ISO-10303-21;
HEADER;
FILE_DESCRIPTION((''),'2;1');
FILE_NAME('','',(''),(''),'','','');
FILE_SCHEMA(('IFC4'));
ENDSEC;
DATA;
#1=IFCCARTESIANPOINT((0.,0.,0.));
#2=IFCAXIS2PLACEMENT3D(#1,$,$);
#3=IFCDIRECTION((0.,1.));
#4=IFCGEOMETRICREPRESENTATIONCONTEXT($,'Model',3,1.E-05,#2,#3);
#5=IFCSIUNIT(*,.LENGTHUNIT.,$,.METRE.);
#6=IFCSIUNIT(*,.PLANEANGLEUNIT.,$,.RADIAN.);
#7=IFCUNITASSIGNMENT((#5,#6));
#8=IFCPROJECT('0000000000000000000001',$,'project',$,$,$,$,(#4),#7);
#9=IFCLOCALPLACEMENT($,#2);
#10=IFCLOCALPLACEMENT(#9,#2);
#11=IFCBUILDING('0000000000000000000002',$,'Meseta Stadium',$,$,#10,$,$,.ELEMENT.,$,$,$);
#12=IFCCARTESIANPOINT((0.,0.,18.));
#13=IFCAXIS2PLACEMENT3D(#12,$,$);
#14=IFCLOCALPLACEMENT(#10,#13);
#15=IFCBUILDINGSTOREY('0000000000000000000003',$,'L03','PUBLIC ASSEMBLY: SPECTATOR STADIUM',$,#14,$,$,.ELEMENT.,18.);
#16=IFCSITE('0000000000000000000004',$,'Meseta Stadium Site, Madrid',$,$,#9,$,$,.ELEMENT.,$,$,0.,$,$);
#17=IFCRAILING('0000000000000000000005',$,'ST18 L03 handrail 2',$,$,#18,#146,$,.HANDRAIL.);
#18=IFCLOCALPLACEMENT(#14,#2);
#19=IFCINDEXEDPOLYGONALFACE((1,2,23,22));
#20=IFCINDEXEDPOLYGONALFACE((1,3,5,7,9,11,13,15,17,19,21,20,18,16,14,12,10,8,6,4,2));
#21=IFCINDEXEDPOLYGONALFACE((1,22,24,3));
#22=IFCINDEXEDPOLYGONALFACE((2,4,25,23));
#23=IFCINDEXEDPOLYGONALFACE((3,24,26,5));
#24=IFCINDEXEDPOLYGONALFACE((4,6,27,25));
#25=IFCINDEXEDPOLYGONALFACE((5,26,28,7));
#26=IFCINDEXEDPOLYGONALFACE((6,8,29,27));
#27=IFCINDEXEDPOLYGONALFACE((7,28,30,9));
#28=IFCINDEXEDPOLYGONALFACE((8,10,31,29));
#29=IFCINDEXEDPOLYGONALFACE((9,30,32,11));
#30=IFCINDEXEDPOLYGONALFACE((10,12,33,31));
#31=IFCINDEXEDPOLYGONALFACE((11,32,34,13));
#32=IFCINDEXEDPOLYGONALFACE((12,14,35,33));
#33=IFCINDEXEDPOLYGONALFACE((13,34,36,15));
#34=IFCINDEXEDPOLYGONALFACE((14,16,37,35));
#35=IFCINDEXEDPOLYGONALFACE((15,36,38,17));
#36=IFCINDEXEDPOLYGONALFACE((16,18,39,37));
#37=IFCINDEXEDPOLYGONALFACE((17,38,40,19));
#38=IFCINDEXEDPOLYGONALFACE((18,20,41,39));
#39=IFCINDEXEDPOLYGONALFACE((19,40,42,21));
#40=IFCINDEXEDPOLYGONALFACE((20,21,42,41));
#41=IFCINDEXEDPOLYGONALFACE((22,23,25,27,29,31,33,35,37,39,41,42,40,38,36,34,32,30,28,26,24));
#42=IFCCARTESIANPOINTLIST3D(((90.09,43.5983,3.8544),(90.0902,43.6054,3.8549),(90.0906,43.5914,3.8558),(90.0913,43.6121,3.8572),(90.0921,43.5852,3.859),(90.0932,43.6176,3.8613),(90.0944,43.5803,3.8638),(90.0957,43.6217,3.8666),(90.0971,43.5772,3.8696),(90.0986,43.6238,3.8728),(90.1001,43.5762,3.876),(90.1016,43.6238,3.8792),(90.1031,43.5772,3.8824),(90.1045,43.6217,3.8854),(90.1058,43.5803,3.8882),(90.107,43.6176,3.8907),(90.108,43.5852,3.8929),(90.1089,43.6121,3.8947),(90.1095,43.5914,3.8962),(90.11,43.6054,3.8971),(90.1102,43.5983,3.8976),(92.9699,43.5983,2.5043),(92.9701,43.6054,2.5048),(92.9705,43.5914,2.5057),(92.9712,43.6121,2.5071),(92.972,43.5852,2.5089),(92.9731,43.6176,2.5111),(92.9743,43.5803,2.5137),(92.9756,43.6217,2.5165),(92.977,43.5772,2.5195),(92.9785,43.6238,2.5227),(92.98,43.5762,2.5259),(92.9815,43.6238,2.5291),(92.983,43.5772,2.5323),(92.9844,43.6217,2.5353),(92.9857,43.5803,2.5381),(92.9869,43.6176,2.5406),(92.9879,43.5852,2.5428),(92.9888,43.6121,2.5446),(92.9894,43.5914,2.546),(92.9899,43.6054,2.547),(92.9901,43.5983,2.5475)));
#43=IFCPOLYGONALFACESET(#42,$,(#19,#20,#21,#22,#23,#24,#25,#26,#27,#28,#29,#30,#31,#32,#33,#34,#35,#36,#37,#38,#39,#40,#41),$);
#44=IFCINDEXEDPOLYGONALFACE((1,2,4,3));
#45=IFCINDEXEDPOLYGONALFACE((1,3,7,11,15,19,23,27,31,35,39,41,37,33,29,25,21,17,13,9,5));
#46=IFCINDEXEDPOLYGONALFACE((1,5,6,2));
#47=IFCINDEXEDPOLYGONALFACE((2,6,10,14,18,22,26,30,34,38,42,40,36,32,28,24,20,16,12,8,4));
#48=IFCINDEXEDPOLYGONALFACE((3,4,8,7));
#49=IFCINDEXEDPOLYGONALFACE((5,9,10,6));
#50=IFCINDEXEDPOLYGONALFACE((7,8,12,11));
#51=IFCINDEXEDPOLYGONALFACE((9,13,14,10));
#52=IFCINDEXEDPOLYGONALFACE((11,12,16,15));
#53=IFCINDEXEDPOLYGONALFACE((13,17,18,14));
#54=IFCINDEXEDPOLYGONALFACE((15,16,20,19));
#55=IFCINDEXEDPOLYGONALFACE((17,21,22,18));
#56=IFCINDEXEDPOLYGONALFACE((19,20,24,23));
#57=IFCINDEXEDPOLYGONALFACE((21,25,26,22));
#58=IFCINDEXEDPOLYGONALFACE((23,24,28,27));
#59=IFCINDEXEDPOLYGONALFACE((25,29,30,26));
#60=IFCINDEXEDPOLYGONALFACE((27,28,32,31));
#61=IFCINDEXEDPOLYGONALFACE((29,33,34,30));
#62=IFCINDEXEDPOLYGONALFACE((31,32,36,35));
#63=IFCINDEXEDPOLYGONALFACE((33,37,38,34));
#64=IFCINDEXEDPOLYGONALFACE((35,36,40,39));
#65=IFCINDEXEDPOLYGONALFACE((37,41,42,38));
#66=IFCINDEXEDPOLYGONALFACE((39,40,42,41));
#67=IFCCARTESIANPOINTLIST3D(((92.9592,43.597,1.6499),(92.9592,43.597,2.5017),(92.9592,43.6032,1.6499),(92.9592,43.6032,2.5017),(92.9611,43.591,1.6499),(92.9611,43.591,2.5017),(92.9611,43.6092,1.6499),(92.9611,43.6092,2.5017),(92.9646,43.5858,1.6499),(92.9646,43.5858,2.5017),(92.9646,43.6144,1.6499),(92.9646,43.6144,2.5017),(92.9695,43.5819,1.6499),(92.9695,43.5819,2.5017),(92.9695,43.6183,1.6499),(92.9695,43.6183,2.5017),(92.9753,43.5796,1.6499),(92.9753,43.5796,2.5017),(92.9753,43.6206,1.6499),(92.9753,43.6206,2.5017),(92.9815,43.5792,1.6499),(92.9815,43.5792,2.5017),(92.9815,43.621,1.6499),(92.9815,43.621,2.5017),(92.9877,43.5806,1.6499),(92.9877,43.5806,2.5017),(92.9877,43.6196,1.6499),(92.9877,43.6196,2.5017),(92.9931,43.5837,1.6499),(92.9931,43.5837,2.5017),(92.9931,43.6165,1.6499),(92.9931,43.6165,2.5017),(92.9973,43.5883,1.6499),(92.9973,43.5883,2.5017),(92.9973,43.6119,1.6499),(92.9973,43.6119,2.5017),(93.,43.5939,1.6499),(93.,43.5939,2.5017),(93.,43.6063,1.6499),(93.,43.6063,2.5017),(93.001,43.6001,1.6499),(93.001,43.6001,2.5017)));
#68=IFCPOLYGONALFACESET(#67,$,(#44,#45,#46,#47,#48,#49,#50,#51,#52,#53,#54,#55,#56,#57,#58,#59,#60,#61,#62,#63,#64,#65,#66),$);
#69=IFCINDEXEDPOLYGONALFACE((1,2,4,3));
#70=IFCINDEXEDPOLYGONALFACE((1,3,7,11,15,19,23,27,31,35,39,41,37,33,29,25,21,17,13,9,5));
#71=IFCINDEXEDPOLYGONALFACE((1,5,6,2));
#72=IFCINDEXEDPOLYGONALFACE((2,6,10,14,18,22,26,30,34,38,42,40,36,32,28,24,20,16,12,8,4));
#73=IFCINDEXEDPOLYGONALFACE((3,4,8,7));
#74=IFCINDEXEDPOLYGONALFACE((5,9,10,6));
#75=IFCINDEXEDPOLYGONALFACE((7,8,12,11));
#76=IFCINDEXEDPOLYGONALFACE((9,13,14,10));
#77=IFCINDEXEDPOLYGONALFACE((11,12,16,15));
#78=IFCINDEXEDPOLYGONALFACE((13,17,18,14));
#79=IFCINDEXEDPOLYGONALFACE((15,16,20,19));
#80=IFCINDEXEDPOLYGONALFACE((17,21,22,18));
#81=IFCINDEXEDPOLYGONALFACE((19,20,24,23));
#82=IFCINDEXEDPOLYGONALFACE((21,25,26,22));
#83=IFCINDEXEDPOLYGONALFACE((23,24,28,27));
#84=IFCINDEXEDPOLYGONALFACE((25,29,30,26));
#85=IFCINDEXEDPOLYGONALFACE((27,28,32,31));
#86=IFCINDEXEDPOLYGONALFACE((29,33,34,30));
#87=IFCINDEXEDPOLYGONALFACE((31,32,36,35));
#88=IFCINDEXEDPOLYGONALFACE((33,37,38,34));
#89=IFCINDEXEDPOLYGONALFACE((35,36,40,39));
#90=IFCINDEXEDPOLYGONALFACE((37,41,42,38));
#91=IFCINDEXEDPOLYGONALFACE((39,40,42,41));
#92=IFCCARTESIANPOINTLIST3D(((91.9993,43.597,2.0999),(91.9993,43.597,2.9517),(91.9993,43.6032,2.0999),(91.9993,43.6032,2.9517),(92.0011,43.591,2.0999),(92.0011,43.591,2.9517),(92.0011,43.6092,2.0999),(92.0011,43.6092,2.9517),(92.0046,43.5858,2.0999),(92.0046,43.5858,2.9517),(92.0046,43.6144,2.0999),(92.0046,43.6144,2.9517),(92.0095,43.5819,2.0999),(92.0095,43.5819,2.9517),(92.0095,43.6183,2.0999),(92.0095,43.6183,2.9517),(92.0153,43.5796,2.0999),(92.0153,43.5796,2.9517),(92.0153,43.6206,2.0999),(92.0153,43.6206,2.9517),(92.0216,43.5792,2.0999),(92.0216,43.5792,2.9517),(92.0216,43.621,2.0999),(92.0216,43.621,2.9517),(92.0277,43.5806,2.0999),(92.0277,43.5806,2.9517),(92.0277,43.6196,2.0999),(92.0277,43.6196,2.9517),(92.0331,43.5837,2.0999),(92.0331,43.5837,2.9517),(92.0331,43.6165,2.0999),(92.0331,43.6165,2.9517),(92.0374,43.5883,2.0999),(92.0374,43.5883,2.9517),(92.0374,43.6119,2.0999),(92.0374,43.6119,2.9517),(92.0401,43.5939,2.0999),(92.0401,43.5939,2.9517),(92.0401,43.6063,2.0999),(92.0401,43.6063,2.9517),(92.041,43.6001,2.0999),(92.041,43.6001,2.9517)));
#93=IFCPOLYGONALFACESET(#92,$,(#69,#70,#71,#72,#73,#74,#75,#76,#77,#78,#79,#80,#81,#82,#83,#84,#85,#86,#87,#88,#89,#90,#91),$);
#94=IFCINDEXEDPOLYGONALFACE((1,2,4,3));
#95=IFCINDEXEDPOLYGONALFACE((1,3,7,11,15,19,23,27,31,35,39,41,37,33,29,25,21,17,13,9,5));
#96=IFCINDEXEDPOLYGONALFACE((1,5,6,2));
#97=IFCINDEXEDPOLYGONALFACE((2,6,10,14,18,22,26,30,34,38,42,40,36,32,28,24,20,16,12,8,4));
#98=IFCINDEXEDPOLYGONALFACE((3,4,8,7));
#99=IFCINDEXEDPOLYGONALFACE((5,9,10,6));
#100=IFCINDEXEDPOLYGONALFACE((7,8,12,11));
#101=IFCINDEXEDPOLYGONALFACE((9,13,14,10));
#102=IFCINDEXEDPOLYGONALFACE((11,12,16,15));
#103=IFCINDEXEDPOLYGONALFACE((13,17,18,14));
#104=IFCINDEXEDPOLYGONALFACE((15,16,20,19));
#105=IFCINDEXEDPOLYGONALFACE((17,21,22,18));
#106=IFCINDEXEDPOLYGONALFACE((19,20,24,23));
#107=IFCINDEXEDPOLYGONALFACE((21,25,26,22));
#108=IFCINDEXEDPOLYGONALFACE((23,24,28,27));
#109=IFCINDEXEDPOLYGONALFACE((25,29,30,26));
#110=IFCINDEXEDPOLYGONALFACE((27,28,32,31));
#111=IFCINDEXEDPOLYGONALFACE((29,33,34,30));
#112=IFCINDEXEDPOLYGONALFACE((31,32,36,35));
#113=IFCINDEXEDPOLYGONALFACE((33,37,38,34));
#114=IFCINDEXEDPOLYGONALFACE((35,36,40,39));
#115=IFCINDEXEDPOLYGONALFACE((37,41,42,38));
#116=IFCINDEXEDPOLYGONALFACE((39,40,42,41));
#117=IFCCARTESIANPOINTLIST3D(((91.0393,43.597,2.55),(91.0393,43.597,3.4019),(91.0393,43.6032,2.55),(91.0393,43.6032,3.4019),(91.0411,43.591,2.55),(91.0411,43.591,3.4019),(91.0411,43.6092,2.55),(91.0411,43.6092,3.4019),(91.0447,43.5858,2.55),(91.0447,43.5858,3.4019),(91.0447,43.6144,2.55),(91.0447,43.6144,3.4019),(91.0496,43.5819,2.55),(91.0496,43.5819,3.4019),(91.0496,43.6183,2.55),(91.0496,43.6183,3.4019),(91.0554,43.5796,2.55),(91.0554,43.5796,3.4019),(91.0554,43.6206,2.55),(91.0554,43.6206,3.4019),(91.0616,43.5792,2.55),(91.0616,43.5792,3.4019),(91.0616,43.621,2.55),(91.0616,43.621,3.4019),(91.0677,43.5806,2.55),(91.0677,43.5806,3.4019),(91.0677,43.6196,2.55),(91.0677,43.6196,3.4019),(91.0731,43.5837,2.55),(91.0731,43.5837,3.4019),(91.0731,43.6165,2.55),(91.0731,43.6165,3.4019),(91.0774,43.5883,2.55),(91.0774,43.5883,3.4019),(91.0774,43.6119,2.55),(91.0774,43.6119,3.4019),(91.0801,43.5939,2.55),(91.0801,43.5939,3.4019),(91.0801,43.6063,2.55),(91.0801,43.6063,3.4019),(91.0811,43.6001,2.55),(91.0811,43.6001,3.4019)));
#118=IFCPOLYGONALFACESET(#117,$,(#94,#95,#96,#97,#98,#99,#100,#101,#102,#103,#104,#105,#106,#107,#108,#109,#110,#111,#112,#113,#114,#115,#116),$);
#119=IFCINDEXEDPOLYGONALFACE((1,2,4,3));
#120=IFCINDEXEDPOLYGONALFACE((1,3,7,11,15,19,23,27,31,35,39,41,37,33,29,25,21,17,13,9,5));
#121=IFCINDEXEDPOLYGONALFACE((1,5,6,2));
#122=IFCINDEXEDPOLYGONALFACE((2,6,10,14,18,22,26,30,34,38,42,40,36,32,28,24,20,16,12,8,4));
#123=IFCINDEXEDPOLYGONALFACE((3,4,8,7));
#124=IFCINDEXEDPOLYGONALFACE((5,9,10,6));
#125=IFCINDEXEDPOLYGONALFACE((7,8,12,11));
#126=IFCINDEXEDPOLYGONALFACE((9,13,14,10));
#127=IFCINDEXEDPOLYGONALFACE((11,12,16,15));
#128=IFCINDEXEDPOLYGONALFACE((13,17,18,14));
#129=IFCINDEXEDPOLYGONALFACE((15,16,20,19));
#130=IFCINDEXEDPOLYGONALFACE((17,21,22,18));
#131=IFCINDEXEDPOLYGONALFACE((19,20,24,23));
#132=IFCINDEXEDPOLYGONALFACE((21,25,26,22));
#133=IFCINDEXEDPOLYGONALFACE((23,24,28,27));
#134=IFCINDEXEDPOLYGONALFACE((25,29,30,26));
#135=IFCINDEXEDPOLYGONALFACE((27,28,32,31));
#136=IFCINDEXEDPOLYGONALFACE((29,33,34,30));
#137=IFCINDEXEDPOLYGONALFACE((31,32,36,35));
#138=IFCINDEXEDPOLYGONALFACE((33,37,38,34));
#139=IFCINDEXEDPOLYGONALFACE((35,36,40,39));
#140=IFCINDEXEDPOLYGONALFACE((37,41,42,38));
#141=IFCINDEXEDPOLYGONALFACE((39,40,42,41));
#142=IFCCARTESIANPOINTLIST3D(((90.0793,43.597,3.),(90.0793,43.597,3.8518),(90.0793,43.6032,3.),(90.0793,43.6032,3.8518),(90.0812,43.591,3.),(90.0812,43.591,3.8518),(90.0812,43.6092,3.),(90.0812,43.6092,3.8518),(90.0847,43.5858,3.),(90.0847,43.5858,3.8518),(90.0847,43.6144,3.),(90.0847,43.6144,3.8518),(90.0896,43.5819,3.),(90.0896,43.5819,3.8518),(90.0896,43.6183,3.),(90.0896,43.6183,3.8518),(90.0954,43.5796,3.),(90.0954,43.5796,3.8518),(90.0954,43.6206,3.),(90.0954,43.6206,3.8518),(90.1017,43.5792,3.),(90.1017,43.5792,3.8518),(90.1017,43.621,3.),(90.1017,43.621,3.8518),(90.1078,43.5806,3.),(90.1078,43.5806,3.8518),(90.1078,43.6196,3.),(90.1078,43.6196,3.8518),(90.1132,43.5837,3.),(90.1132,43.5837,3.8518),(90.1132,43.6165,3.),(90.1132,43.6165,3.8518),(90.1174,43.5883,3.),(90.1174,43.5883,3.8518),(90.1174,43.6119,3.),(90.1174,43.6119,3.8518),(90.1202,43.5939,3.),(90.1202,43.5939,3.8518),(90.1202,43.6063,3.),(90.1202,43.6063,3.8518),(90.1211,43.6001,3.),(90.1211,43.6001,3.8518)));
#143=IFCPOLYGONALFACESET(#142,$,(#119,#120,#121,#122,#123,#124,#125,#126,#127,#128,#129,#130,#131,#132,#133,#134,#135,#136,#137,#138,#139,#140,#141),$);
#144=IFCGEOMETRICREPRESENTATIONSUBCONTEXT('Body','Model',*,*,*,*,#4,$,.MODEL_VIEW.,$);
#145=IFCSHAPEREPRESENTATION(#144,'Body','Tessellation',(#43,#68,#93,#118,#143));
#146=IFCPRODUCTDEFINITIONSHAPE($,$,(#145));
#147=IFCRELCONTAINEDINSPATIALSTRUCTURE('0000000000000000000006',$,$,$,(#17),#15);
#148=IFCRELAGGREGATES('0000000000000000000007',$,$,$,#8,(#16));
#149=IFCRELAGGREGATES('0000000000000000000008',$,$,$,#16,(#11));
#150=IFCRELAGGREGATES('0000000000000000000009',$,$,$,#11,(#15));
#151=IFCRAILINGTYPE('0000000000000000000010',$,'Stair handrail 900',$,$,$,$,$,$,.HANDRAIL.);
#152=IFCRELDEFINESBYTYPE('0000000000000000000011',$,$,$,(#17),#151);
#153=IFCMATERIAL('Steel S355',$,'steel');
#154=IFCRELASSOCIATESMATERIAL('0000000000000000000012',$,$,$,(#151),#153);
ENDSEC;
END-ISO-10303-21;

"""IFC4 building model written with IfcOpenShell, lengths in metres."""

from ifc_helpers import new_model, si_unit, direction, frame, origin, origin_2d, place, context, subcontext, project, spatial, circle, extrude, material, type_object, element, save


model = new_model("IFC4")

# Units and contexts
model_context = context("Model", 3, precision=1e-05, world=origin(), true_north=direction((0.0, 1.0)))
body_context = subcontext(model_context, "Body", "Model", "MODEL_VIEW")
ifc_project = project(units=[si_unit("LENGTHUNIT", "METRE"), si_unit("PLANEANGLEUNIT", "RADIAN")], contexts=[model_context])

# Site, building, storey
site_placement = place(None, origin())
site = spatial("IfcSite", under=ifc_project, at=site_placement, Name="Meseta Stadium Site, Madrid", CompositionType="ELEMENT", RefElevation=0.0)
building_placement = place(site_placement, origin())
building = spatial("IfcBuilding", under=site, at=building_placement, Name="Meseta Stadium", CompositionType="ELEMENT")
storey_placement = place(building_placement, frame((0.0, 0.0, 18.0)))
storey = spatial("IfcBuildingStorey", under=building, at=storey_placement, Name="L03", Description="PUBLIC ASSEMBLY: SPECTATOR STADIUM", CompositionType="ELEMENT", Elevation=18.0)

# Railing
ifc_material_1 = material(Name="Steel S355", Category="steel")
railing_type_1 = type_object("IfcRailingType", Name="Stair handrail 900", PredefinedType="HANDRAIL", material=ifc_material_1)
for number, where, name in (
    (1, (92.98, 43.6001, 1.6499), "ST18 L03 handrail 2"),
):
    element("IfcRailing", number, at=place(storey_placement, frame(where)), inside=storey, type_object=railing_type_1, Name=name, PredefinedType="HANDRAIL", context=body_context, shape_type="SweptSolid", body=[
        extrude(circle(Radius=0.0239, at=origin_2d()), frame((0.0, 0.0, 0.876), z_axis=(-0.90544, 0.0, 0.424473), x_axis=(0.0, -1.0, 0.0)), (0.0, 0.0, 1.0), 3.1807),
        extrude(circle(Radius=0.021, at=origin_2d()), origin(), (0.0, 0.0, 1.0), 0.8518),
        extrude(circle(Radius=0.021, at=origin_2d()), frame((-0.96, 0.0, 0.45)), (0.0, 0.0, 1.0), 0.8518),
        extrude(circle(Radius=0.021, at=origin_2d()), frame((-1.9199, 0.0, 0.9001)), (0.0, 0.0, 1.0), 0.8518),
        extrude(circle(Radius=0.021, at=origin_2d()), frame((-2.8799, 0.0, 1.3501)), (0.0, 0.0, 1.0), 0.8518),
    ])

save(model, "model.ifc")
